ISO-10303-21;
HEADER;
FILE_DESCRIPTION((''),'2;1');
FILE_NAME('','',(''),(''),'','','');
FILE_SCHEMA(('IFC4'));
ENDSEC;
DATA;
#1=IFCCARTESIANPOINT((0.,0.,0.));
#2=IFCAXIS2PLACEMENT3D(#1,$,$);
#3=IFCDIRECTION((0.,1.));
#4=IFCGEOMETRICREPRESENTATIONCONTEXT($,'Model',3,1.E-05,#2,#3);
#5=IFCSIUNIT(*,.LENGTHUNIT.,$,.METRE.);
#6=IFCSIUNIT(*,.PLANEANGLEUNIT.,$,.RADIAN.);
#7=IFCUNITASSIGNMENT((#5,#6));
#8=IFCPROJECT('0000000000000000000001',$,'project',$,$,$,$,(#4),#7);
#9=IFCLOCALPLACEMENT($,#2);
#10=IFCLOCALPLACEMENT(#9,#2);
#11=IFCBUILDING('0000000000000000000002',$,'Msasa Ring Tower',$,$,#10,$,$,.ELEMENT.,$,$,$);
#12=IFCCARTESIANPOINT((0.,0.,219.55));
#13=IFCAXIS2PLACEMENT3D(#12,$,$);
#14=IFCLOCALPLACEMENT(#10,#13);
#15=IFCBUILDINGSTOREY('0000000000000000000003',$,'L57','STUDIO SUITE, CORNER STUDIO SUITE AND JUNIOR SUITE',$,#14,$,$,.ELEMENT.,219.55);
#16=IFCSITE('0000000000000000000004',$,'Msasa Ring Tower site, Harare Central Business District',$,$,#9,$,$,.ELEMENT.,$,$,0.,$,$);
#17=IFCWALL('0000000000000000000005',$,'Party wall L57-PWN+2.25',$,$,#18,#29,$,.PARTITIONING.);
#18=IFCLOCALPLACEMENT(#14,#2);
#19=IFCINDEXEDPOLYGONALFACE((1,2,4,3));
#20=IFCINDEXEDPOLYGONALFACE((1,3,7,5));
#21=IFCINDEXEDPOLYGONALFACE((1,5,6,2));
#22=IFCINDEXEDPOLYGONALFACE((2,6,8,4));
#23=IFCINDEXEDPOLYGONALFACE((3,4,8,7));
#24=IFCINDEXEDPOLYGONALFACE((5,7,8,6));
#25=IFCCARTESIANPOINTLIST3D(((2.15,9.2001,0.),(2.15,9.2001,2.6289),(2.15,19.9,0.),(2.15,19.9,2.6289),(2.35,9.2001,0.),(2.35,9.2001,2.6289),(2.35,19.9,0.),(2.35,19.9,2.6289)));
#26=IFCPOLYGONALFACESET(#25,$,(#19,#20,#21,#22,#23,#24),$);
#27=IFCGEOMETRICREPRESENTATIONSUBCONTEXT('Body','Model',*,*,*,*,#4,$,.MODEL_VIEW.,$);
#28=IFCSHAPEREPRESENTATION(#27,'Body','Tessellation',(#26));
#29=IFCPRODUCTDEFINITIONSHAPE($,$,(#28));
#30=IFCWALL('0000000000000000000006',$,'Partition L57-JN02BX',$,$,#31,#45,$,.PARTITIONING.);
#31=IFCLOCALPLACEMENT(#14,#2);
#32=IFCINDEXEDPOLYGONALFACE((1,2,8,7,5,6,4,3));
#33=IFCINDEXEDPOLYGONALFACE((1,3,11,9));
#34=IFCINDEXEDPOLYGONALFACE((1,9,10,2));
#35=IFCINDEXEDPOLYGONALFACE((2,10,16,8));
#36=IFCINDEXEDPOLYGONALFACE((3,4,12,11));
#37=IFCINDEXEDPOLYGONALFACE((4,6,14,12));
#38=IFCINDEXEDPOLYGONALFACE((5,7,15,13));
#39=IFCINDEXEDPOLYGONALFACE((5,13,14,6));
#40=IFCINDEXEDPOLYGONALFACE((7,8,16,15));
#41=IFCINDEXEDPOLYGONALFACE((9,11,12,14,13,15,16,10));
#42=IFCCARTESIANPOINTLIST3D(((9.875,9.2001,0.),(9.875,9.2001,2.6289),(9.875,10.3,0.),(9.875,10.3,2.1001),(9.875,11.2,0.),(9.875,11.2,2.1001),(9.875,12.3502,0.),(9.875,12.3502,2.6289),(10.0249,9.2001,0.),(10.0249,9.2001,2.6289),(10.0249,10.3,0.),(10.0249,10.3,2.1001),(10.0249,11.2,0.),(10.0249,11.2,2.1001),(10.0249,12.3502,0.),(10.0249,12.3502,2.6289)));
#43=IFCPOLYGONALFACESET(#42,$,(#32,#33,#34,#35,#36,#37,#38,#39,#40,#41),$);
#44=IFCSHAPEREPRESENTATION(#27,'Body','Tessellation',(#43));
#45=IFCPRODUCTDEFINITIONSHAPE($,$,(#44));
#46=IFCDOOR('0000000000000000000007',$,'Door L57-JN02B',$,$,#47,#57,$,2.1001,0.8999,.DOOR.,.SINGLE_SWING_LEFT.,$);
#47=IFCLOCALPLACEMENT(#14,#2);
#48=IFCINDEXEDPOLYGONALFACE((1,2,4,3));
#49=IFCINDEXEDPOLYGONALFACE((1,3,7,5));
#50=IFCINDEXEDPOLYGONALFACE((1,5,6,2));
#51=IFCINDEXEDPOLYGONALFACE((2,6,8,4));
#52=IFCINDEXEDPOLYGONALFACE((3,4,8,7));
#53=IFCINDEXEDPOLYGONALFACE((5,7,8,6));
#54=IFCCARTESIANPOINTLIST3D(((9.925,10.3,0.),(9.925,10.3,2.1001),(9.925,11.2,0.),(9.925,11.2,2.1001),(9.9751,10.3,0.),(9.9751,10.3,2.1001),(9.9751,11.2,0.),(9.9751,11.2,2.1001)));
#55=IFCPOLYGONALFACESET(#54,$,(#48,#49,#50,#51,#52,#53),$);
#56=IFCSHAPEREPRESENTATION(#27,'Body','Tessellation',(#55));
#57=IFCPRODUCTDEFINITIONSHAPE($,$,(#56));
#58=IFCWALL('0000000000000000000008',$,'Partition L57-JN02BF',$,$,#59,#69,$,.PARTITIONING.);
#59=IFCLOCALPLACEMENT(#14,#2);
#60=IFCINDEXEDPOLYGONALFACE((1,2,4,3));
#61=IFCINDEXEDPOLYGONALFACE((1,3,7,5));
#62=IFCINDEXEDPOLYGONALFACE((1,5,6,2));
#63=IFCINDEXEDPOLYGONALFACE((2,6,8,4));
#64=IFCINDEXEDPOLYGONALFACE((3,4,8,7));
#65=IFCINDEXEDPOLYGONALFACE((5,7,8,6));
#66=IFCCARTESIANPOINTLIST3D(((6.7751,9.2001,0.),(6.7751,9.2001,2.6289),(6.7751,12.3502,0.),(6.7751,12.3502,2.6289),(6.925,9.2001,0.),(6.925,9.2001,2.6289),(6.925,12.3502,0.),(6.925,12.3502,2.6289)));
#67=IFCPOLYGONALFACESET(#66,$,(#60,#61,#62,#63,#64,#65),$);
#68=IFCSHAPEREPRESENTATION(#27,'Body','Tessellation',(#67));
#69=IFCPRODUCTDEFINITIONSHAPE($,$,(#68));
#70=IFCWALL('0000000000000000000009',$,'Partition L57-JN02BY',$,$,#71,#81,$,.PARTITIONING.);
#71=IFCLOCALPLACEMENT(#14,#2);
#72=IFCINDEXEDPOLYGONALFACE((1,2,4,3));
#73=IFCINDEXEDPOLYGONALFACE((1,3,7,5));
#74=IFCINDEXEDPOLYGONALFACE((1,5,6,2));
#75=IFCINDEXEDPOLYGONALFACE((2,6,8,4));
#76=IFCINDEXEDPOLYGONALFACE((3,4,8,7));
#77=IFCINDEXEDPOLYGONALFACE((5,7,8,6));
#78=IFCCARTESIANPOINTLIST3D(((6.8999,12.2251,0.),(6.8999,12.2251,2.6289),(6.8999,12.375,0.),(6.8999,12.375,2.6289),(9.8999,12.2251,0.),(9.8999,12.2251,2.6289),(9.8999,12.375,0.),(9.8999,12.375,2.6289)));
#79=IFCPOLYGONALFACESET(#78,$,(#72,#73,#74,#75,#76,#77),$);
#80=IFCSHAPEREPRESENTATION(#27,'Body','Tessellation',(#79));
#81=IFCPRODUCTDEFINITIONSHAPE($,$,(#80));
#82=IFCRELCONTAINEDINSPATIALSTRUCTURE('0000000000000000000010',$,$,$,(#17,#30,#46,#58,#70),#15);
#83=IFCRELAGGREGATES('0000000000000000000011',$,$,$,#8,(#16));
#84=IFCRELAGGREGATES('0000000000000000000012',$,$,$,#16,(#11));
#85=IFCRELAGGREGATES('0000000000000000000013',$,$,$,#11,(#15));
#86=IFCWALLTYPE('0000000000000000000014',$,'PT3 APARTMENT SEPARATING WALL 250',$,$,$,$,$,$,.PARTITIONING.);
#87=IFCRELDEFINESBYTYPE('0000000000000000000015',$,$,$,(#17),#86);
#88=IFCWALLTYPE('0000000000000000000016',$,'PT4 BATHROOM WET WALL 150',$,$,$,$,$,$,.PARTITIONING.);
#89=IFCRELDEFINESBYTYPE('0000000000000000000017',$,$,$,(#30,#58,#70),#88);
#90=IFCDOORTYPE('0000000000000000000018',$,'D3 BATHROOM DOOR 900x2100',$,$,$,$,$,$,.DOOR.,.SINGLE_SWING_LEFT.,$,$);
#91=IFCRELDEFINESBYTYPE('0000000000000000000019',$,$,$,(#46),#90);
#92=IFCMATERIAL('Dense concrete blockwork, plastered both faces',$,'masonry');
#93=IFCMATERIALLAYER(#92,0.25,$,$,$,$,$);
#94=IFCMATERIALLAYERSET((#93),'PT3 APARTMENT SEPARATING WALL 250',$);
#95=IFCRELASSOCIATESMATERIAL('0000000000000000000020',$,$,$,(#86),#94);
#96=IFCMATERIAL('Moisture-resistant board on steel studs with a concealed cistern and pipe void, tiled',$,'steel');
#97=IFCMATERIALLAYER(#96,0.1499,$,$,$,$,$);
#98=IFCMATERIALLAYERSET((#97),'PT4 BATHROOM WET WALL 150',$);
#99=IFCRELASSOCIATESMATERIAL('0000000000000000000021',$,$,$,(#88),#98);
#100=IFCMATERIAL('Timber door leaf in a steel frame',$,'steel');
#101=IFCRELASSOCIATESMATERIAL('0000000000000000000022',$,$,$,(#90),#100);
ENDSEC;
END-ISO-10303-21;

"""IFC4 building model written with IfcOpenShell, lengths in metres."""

from ifc_helpers import new_model, si_unit, direction, frame, frame_2d, origin, place, context, subcontext, project, spatial, rectangle, extrude, material, layer, layer_set, type_object, element, fill, save


model = new_model("IFC4")

# Units and contexts
model_context = context("Model", 3, precision=1e-05, world=origin(), true_north=direction((0.0, 1.0)))
body_context = subcontext(model_context, "Body", "Model", "MODEL_VIEW")
ifc_project = project(units=[si_unit("LENGTHUNIT", "METRE"), si_unit("PLANEANGLEUNIT", "RADIAN")], contexts=[model_context])

# Site, building, storey
site_placement = place(None, origin())
site = spatial("IfcSite", under=ifc_project, at=site_placement, Name="Msasa Ring Tower site, Harare Central Business District", CompositionType="ELEMENT", RefElevation=0.0)
building_placement = place(site_placement, origin())
building = spatial("IfcBuilding", under=site, at=building_placement, Name="Msasa Ring Tower", CompositionType="ELEMENT")
storey_placement = place(building_placement, frame((0.0, 0.0, 219.55)))
storey = spatial("IfcBuildingStorey", under=building, at=storey_placement, Name="L57", Description="STUDIO SUITE, CORNER STUDIO SUITE AND JUNIOR SUITE", CompositionType="ELEMENT", Elevation=219.55)

# Wall
ifc_material_1 = material(Name="Dense concrete blockwork, plastered both faces", Category="masonry")
ifc_layer_1 = layer(ifc_material_1, 0.25)
ifc_layer_set_1 = layer_set([ifc_layer_1], Name="PT3 APARTMENT SEPARATING WALL 250")
wall_type_1 = type_object("IfcWallType", Name="PT3 APARTMENT SEPARATING WALL 250", PredefinedType="PARTITIONING", material=ifc_layer_set_1)
wall_1_placement = place(storey_placement, frame((2.25, 9.2, 0.0), z_axis=(0.0, 0.0, 1.0), x_axis=(0.0, 1.0, 0.0)))
element("IfcWall", 1, at=wall_1_placement, inside=storey, type_object=wall_type_1, Name="Party wall L57-PWN+2.25", PredefinedType="PARTITIONING", context=body_context, shape_type="SweptSolid", body=[
    extrude(rectangle(XDim=10.7, YDim=0.2, at=frame_2d((5.3501, 0.0))), origin(), (0.0, 0.0, 1.0), 2.6289),
])

# Wall, opening, door
ifc_material_2 = material(Name="Moisture-resistant board on steel studs with a concealed cistern and pipe void, tiled", Category="steel")
ifc_layer_2 = layer(ifc_material_2, 0.1499)
ifc_layer_set_2 = layer_set([ifc_layer_2], Name="PT4 BATHROOM WET WALL 150")
wall_type_2 = type_object("IfcWallType", Name="PT4 BATHROOM WET WALL 150", PredefinedType="PARTITIONING", material=ifc_layer_set_2)
wall_2_placement = place(storey_placement, frame((9.95, 9.2, 0.0), z_axis=(0.0, 0.0, 1.0), x_axis=(0.0, 1.0, 0.0)))
wall_2 = element("IfcWall", 2, at=wall_2_placement, inside=storey, type_object=wall_type_2, Name="Partition L57-JN02BX", PredefinedType="PARTITIONING", context=body_context, shape_type="SweptSolid", body=[
    extrude(rectangle(XDim=3.1501, YDim=0.1499, at=frame_2d((1.5752, 0.0))), origin(), (0.0, 0.0, 1.0), 2.6289),
])
opening_1_placement = place(wall_2_placement, frame((1.1001, 0.0, 0.0)))
opening_1 = element("IfcOpeningElement", 3, at=opening_1_placement, cuts=wall_2, PredefinedType="OPENING", context=body_context, shape_type="SweptSolid", body=[
    extrude(rectangle(XDim=0.8999, YDim=2.1001, at=frame_2d((0.45, 1.05))), frame((0.0, 0.085, 0.0), z_axis=(0.0, -1.0, 0.0), x_axis=(1.0, 0.0, 0.0)), (0.0, 0.0, 1.0), 0.1699),
])
ifc_material_3 = material(Name="Timber door leaf in a steel frame", Category="steel")
door_type_1 = type_object("IfcDoorType", Name="D3 BATHROOM DOOR 900x2100", OperationType="SINGLE_SWING_LEFT", PredefinedType="DOOR", material=ifc_material_3)
door_1_placement = place(opening_1_placement, origin())
door_1 = element("IfcDoor", 4, at=door_1_placement, inside=storey, type_object=door_type_1, Name="Door L57-JN02B", OperationType="SINGLE_SWING_LEFT", OverallHeight=2.1001, OverallWidth=0.8999, PredefinedType="DOOR", context=body_context, shape_type="SweptSolid", body=[
    extrude(rectangle(XDim=0.8999, YDim=2.1001, at=frame_2d((0.45, 1.05))), frame((0.0, 0.0249, 0.0), z_axis=(0.0, -1.0, 0.0), x_axis=(1.0, 0.0, 0.0)), (0.0, 0.0, 1.0), 0.05),
])
fill(opening_1, door_1)

# Walls
wall_3_placement = place(storey_placement, frame((6.8501, 9.2, 0.0), z_axis=(0.0, 0.0, 1.0), x_axis=(0.0, 1.0, 0.0)))
element("IfcWall", 5, at=wall_3_placement, inside=storey, type_object=wall_type_2, Name="Partition L57-JN02BF", PredefinedType="PARTITIONING", context=body_context, shape_type="SweptSolid", body=[
    extrude(rectangle(XDim=3.1501, YDim=0.1499, at=frame_2d((1.5752, 0.0))), origin(), (0.0, 0.0, 1.0), 2.6289),
])
wall_4_placement = place(storey_placement, frame((6.8999, 12.3, 0.0), z_axis=(0.0, 0.0, 1.0), x_axis=(1.0, 0.0, 0.0)))
element("IfcWall", 6, at=wall_4_placement, inside=storey, type_object=wall_type_2, Name="Partition L57-JN02BY", PredefinedType="PARTITIONING", context=body_context, shape_type="SweptSolid", body=[
    extrude(rectangle(XDim=3.0, YDim=0.1499, at=frame_2d((1.5, 0.0))), origin(), (0.0, 0.0, 1.0), 2.6289),
])

save(model, "model.ifc")
